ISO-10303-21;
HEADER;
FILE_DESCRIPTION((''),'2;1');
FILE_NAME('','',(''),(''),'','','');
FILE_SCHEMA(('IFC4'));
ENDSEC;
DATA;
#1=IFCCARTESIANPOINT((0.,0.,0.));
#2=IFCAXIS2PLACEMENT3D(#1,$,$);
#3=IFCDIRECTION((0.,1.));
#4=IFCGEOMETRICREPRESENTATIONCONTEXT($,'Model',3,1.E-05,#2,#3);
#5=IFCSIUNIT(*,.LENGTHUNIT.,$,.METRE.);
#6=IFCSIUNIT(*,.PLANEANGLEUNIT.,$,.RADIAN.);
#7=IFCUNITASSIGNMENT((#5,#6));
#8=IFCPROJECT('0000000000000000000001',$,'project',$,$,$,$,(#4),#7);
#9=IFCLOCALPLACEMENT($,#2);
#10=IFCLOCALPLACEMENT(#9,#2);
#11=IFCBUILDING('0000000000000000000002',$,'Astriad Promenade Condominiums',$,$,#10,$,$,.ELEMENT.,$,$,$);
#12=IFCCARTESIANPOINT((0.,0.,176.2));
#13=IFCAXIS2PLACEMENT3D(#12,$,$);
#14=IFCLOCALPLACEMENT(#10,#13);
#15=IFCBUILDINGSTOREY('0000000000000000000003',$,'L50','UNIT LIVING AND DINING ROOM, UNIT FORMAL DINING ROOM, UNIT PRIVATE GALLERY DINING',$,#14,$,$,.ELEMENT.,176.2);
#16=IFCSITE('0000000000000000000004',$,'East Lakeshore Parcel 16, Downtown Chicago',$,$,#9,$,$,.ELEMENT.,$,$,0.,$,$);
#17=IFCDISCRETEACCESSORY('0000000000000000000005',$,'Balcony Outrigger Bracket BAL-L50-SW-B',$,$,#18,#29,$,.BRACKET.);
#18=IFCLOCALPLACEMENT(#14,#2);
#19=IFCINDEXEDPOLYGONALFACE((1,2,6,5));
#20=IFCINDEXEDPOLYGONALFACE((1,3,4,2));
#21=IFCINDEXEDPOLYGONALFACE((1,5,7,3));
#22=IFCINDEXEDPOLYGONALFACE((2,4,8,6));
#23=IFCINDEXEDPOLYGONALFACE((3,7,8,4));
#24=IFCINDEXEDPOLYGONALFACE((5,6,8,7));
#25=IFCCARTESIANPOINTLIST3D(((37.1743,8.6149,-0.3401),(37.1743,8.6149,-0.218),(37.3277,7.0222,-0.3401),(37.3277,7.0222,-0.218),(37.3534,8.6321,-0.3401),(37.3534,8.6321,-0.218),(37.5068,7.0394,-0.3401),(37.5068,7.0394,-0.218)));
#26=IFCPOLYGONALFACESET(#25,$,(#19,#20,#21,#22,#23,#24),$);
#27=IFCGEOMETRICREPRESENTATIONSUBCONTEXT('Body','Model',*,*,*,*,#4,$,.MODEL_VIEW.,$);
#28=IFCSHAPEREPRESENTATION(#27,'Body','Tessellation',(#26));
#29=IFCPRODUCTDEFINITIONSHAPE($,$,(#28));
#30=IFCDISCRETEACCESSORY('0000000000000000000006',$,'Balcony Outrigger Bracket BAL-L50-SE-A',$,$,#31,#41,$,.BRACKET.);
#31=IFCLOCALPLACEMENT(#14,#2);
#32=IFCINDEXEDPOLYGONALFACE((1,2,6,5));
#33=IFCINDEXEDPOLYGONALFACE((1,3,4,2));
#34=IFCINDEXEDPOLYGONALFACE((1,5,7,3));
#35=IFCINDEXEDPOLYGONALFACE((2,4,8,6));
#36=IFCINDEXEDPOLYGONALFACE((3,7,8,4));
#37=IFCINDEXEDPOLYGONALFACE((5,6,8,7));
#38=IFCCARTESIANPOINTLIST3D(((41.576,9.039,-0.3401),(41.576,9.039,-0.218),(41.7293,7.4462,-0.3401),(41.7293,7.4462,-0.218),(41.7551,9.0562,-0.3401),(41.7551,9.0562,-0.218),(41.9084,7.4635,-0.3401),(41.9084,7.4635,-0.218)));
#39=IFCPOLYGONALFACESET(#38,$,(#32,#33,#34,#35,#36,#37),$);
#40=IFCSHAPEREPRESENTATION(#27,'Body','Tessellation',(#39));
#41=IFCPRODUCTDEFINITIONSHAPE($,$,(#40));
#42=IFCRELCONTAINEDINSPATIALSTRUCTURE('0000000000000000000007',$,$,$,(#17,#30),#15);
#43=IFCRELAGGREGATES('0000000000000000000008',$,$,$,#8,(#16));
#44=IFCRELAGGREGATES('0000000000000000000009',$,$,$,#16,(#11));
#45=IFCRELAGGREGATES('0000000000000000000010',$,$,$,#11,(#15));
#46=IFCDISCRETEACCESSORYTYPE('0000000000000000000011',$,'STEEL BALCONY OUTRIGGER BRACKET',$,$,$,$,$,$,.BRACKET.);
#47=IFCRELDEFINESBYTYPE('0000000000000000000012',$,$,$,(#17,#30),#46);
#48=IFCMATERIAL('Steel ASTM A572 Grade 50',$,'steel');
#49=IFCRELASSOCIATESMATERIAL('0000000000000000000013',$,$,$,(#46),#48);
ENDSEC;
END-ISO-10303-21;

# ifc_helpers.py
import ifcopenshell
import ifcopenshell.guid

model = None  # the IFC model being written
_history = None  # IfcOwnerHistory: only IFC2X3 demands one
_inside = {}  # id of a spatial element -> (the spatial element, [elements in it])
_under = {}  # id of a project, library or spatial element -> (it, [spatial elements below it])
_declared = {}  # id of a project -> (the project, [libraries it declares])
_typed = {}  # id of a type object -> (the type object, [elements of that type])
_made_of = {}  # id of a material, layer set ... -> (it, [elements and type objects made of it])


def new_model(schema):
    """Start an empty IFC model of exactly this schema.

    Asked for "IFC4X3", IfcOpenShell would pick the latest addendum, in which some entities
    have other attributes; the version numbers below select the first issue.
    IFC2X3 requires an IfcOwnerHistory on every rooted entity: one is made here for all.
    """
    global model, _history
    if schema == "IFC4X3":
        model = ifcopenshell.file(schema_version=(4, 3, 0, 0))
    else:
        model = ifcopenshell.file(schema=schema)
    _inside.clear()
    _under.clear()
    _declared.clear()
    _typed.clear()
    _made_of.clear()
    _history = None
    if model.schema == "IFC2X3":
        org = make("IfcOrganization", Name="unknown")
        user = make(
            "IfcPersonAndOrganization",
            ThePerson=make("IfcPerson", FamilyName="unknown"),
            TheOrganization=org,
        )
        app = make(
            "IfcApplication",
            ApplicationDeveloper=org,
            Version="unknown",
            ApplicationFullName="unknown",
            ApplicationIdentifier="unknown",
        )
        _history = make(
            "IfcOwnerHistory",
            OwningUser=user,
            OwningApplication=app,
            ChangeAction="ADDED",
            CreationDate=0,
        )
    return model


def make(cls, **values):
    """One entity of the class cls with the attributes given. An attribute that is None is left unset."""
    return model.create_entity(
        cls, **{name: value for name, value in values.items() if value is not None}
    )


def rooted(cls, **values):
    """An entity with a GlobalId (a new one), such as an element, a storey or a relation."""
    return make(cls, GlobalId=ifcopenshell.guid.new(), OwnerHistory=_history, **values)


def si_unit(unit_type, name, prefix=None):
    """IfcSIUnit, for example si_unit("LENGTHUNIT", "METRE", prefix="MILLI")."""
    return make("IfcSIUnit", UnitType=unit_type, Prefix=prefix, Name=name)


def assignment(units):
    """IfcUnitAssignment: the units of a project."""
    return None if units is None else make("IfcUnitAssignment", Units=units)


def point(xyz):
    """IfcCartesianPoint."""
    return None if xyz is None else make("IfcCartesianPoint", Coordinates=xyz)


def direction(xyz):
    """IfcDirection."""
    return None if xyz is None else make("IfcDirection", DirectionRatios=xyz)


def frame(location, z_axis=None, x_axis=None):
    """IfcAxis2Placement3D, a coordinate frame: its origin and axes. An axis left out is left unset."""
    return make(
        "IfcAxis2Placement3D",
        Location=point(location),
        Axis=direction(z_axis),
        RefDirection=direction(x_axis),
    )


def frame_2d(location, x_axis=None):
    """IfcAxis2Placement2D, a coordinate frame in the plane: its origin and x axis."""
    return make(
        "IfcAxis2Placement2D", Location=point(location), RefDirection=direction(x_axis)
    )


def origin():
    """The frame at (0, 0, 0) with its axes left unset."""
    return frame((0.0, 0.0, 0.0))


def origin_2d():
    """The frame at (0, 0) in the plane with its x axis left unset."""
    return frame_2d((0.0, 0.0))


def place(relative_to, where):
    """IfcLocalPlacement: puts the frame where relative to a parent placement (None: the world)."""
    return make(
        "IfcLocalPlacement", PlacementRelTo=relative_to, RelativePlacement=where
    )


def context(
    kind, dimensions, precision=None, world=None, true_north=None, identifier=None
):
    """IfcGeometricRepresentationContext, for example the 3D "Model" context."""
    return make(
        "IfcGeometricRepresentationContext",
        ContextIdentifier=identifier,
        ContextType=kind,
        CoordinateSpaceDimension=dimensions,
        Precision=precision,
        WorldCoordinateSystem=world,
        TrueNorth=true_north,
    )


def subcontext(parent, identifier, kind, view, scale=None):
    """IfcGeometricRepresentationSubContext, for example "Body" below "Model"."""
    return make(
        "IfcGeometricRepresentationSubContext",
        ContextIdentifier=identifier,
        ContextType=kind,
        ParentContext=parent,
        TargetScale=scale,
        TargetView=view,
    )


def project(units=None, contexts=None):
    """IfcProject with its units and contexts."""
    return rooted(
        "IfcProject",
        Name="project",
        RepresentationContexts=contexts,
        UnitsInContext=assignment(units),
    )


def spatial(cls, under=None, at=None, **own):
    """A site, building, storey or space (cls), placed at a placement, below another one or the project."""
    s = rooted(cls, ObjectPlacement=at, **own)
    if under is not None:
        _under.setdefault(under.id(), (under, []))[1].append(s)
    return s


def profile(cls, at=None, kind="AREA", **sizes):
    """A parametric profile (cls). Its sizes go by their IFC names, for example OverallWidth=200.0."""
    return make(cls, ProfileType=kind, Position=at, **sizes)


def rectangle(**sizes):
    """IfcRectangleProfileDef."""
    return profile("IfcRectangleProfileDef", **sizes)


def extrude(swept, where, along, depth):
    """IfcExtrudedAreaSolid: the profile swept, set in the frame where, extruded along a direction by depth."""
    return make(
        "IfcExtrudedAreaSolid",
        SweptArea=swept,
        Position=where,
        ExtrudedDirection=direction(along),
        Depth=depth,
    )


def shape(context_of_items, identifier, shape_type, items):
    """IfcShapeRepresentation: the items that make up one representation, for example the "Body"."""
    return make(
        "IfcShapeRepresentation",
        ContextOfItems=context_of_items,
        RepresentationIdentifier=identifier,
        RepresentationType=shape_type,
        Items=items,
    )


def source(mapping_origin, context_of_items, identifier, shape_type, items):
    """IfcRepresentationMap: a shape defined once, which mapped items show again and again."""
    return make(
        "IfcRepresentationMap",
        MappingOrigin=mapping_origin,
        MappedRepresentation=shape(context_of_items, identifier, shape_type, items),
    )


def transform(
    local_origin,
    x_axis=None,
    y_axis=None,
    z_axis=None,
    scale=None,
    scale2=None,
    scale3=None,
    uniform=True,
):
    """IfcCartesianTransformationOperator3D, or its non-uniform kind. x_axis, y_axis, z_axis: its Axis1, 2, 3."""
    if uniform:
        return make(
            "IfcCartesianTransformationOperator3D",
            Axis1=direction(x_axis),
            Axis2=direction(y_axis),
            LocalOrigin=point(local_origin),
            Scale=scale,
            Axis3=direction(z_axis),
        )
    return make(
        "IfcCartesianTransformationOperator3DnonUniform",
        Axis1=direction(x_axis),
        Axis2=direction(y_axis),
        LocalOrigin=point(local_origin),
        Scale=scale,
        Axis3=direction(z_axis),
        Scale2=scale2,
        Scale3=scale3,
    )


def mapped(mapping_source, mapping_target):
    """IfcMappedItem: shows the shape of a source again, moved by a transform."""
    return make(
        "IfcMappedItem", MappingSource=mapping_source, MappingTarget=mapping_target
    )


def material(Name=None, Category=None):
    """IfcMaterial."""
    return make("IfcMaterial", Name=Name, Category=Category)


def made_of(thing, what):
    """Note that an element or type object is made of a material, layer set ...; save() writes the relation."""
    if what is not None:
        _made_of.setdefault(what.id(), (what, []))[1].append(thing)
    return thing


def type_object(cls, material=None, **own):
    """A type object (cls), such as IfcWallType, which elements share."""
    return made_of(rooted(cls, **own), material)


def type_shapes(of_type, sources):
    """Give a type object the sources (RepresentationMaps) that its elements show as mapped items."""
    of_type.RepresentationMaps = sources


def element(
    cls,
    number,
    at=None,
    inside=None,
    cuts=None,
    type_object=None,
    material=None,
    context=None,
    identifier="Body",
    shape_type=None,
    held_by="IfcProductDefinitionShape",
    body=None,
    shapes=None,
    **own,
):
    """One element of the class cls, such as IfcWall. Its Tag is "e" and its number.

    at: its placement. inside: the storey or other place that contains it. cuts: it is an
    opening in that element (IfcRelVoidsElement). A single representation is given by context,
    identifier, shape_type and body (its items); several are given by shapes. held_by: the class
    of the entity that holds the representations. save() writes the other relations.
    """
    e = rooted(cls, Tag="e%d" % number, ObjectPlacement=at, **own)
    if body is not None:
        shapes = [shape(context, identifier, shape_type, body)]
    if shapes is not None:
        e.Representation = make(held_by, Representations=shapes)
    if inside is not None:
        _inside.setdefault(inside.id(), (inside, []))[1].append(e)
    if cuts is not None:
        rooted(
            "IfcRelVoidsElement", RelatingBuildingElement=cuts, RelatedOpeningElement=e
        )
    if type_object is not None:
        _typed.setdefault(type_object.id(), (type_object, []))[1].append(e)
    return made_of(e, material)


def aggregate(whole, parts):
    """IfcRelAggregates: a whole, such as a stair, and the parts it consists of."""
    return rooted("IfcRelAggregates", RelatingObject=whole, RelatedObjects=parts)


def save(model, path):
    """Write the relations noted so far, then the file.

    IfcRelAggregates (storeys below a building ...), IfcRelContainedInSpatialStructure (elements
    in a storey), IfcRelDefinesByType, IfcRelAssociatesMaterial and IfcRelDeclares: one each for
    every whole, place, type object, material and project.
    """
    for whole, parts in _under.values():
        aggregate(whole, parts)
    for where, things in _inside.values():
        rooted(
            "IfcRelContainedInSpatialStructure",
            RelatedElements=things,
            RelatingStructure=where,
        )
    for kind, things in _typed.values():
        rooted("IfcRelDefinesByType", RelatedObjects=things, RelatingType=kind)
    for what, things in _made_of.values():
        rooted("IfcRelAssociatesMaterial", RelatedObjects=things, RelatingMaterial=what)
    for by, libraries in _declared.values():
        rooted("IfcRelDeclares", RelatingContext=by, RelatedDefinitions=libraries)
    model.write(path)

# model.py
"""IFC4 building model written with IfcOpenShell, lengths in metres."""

from ifc_helpers import new_model, si_unit, direction, frame, origin, origin_2d, place, context, subcontext, project, spatial, rectangle, extrude, source, transform, mapped, material, type_object, type_shapes, element, save


model = new_model("IFC4")

# Units and contexts
model_context = context("Model", 3, precision=1e-05, world=origin(), true_north=direction((0.0, 1.0)))
body_context = subcontext(model_context, "Body", "Model", "MODEL_VIEW")
ifc_project = project(units=[si_unit("LENGTHUNIT", "METRE"), si_unit("PLANEANGLEUNIT", "RADIAN")], contexts=[model_context])

# Site, building, storey
site_placement = place(None, origin())
site = spatial("IfcSite", under=ifc_project, at=site_placement, Name="East Lakeshore Parcel 16, Downtown Chicago", CompositionType="ELEMENT", RefElevation=0.0)
building_placement = place(site_placement, origin())
building = spatial("IfcBuilding", under=site, at=building_placement, Name="Astriad Promenade Condominiums", CompositionType="ELEMENT")
storey_placement = place(building_placement, frame((0.0, 0.0, 176.2)))
storey = spatial("IfcBuildingStorey", under=building, at=storey_placement, Name="L50", Description="UNIT LIVING AND DINING ROOM, UNIT FORMAL DINING ROOM, UNIT PRIVATE GALLERY DINING", CompositionType="ELEMENT", Elevation=176.2)

# Discrete accessories
ifc_material_1 = material(Name="Steel ASTM A572 Grade 50", Category="steel")
discrete_accessory_type = type_object("IfcDiscreteAccessoryType", Name="STEEL BALCONY OUTRIGGER BRACKET", PredefinedType="BRACKET", material=ifc_material_1)
shared_shape_1 = source(origin(), body_context, "Body", "SweptSolid", [
    extrude(rectangle(XDim=1.6001, YDim=0.1799, at=origin_2d()), origin(), (0.0, 0.0, 1.0), 0.1221),
])
type_shapes(discrete_accessory_type, [shared_shape_1])
for number, where, z_axis, x_axis, name in (
    (1, (37.3406, 7.8271, -0.3401), (0.0, 0.0, 1.0), (0.095846, -0.995396, 0.0), "Balcony Outrigger Bracket BAL-L50-SW-B"),
    (2, (41.7422, 8.2512, -0.3401), (0.0, 0.0, 1.0), (0.095846, -0.995396, 0.0), "Balcony Outrigger Bracket BAL-L50-SE-A"),
):
    element("IfcDiscreteAccessory", number, at=place(storey_placement, frame(where, z_axis=z_axis, x_axis=x_axis)), inside=storey, type_object=discrete_accessory_type, Name=name, PredefinedType="BRACKET", context=body_context, shape_type="MappedRepresentation", body=[
        mapped(shared_shape_1, transform((0.0, 0.0, 0.0), scale=1.0)),
    ])

save(model, "model.ifc")
